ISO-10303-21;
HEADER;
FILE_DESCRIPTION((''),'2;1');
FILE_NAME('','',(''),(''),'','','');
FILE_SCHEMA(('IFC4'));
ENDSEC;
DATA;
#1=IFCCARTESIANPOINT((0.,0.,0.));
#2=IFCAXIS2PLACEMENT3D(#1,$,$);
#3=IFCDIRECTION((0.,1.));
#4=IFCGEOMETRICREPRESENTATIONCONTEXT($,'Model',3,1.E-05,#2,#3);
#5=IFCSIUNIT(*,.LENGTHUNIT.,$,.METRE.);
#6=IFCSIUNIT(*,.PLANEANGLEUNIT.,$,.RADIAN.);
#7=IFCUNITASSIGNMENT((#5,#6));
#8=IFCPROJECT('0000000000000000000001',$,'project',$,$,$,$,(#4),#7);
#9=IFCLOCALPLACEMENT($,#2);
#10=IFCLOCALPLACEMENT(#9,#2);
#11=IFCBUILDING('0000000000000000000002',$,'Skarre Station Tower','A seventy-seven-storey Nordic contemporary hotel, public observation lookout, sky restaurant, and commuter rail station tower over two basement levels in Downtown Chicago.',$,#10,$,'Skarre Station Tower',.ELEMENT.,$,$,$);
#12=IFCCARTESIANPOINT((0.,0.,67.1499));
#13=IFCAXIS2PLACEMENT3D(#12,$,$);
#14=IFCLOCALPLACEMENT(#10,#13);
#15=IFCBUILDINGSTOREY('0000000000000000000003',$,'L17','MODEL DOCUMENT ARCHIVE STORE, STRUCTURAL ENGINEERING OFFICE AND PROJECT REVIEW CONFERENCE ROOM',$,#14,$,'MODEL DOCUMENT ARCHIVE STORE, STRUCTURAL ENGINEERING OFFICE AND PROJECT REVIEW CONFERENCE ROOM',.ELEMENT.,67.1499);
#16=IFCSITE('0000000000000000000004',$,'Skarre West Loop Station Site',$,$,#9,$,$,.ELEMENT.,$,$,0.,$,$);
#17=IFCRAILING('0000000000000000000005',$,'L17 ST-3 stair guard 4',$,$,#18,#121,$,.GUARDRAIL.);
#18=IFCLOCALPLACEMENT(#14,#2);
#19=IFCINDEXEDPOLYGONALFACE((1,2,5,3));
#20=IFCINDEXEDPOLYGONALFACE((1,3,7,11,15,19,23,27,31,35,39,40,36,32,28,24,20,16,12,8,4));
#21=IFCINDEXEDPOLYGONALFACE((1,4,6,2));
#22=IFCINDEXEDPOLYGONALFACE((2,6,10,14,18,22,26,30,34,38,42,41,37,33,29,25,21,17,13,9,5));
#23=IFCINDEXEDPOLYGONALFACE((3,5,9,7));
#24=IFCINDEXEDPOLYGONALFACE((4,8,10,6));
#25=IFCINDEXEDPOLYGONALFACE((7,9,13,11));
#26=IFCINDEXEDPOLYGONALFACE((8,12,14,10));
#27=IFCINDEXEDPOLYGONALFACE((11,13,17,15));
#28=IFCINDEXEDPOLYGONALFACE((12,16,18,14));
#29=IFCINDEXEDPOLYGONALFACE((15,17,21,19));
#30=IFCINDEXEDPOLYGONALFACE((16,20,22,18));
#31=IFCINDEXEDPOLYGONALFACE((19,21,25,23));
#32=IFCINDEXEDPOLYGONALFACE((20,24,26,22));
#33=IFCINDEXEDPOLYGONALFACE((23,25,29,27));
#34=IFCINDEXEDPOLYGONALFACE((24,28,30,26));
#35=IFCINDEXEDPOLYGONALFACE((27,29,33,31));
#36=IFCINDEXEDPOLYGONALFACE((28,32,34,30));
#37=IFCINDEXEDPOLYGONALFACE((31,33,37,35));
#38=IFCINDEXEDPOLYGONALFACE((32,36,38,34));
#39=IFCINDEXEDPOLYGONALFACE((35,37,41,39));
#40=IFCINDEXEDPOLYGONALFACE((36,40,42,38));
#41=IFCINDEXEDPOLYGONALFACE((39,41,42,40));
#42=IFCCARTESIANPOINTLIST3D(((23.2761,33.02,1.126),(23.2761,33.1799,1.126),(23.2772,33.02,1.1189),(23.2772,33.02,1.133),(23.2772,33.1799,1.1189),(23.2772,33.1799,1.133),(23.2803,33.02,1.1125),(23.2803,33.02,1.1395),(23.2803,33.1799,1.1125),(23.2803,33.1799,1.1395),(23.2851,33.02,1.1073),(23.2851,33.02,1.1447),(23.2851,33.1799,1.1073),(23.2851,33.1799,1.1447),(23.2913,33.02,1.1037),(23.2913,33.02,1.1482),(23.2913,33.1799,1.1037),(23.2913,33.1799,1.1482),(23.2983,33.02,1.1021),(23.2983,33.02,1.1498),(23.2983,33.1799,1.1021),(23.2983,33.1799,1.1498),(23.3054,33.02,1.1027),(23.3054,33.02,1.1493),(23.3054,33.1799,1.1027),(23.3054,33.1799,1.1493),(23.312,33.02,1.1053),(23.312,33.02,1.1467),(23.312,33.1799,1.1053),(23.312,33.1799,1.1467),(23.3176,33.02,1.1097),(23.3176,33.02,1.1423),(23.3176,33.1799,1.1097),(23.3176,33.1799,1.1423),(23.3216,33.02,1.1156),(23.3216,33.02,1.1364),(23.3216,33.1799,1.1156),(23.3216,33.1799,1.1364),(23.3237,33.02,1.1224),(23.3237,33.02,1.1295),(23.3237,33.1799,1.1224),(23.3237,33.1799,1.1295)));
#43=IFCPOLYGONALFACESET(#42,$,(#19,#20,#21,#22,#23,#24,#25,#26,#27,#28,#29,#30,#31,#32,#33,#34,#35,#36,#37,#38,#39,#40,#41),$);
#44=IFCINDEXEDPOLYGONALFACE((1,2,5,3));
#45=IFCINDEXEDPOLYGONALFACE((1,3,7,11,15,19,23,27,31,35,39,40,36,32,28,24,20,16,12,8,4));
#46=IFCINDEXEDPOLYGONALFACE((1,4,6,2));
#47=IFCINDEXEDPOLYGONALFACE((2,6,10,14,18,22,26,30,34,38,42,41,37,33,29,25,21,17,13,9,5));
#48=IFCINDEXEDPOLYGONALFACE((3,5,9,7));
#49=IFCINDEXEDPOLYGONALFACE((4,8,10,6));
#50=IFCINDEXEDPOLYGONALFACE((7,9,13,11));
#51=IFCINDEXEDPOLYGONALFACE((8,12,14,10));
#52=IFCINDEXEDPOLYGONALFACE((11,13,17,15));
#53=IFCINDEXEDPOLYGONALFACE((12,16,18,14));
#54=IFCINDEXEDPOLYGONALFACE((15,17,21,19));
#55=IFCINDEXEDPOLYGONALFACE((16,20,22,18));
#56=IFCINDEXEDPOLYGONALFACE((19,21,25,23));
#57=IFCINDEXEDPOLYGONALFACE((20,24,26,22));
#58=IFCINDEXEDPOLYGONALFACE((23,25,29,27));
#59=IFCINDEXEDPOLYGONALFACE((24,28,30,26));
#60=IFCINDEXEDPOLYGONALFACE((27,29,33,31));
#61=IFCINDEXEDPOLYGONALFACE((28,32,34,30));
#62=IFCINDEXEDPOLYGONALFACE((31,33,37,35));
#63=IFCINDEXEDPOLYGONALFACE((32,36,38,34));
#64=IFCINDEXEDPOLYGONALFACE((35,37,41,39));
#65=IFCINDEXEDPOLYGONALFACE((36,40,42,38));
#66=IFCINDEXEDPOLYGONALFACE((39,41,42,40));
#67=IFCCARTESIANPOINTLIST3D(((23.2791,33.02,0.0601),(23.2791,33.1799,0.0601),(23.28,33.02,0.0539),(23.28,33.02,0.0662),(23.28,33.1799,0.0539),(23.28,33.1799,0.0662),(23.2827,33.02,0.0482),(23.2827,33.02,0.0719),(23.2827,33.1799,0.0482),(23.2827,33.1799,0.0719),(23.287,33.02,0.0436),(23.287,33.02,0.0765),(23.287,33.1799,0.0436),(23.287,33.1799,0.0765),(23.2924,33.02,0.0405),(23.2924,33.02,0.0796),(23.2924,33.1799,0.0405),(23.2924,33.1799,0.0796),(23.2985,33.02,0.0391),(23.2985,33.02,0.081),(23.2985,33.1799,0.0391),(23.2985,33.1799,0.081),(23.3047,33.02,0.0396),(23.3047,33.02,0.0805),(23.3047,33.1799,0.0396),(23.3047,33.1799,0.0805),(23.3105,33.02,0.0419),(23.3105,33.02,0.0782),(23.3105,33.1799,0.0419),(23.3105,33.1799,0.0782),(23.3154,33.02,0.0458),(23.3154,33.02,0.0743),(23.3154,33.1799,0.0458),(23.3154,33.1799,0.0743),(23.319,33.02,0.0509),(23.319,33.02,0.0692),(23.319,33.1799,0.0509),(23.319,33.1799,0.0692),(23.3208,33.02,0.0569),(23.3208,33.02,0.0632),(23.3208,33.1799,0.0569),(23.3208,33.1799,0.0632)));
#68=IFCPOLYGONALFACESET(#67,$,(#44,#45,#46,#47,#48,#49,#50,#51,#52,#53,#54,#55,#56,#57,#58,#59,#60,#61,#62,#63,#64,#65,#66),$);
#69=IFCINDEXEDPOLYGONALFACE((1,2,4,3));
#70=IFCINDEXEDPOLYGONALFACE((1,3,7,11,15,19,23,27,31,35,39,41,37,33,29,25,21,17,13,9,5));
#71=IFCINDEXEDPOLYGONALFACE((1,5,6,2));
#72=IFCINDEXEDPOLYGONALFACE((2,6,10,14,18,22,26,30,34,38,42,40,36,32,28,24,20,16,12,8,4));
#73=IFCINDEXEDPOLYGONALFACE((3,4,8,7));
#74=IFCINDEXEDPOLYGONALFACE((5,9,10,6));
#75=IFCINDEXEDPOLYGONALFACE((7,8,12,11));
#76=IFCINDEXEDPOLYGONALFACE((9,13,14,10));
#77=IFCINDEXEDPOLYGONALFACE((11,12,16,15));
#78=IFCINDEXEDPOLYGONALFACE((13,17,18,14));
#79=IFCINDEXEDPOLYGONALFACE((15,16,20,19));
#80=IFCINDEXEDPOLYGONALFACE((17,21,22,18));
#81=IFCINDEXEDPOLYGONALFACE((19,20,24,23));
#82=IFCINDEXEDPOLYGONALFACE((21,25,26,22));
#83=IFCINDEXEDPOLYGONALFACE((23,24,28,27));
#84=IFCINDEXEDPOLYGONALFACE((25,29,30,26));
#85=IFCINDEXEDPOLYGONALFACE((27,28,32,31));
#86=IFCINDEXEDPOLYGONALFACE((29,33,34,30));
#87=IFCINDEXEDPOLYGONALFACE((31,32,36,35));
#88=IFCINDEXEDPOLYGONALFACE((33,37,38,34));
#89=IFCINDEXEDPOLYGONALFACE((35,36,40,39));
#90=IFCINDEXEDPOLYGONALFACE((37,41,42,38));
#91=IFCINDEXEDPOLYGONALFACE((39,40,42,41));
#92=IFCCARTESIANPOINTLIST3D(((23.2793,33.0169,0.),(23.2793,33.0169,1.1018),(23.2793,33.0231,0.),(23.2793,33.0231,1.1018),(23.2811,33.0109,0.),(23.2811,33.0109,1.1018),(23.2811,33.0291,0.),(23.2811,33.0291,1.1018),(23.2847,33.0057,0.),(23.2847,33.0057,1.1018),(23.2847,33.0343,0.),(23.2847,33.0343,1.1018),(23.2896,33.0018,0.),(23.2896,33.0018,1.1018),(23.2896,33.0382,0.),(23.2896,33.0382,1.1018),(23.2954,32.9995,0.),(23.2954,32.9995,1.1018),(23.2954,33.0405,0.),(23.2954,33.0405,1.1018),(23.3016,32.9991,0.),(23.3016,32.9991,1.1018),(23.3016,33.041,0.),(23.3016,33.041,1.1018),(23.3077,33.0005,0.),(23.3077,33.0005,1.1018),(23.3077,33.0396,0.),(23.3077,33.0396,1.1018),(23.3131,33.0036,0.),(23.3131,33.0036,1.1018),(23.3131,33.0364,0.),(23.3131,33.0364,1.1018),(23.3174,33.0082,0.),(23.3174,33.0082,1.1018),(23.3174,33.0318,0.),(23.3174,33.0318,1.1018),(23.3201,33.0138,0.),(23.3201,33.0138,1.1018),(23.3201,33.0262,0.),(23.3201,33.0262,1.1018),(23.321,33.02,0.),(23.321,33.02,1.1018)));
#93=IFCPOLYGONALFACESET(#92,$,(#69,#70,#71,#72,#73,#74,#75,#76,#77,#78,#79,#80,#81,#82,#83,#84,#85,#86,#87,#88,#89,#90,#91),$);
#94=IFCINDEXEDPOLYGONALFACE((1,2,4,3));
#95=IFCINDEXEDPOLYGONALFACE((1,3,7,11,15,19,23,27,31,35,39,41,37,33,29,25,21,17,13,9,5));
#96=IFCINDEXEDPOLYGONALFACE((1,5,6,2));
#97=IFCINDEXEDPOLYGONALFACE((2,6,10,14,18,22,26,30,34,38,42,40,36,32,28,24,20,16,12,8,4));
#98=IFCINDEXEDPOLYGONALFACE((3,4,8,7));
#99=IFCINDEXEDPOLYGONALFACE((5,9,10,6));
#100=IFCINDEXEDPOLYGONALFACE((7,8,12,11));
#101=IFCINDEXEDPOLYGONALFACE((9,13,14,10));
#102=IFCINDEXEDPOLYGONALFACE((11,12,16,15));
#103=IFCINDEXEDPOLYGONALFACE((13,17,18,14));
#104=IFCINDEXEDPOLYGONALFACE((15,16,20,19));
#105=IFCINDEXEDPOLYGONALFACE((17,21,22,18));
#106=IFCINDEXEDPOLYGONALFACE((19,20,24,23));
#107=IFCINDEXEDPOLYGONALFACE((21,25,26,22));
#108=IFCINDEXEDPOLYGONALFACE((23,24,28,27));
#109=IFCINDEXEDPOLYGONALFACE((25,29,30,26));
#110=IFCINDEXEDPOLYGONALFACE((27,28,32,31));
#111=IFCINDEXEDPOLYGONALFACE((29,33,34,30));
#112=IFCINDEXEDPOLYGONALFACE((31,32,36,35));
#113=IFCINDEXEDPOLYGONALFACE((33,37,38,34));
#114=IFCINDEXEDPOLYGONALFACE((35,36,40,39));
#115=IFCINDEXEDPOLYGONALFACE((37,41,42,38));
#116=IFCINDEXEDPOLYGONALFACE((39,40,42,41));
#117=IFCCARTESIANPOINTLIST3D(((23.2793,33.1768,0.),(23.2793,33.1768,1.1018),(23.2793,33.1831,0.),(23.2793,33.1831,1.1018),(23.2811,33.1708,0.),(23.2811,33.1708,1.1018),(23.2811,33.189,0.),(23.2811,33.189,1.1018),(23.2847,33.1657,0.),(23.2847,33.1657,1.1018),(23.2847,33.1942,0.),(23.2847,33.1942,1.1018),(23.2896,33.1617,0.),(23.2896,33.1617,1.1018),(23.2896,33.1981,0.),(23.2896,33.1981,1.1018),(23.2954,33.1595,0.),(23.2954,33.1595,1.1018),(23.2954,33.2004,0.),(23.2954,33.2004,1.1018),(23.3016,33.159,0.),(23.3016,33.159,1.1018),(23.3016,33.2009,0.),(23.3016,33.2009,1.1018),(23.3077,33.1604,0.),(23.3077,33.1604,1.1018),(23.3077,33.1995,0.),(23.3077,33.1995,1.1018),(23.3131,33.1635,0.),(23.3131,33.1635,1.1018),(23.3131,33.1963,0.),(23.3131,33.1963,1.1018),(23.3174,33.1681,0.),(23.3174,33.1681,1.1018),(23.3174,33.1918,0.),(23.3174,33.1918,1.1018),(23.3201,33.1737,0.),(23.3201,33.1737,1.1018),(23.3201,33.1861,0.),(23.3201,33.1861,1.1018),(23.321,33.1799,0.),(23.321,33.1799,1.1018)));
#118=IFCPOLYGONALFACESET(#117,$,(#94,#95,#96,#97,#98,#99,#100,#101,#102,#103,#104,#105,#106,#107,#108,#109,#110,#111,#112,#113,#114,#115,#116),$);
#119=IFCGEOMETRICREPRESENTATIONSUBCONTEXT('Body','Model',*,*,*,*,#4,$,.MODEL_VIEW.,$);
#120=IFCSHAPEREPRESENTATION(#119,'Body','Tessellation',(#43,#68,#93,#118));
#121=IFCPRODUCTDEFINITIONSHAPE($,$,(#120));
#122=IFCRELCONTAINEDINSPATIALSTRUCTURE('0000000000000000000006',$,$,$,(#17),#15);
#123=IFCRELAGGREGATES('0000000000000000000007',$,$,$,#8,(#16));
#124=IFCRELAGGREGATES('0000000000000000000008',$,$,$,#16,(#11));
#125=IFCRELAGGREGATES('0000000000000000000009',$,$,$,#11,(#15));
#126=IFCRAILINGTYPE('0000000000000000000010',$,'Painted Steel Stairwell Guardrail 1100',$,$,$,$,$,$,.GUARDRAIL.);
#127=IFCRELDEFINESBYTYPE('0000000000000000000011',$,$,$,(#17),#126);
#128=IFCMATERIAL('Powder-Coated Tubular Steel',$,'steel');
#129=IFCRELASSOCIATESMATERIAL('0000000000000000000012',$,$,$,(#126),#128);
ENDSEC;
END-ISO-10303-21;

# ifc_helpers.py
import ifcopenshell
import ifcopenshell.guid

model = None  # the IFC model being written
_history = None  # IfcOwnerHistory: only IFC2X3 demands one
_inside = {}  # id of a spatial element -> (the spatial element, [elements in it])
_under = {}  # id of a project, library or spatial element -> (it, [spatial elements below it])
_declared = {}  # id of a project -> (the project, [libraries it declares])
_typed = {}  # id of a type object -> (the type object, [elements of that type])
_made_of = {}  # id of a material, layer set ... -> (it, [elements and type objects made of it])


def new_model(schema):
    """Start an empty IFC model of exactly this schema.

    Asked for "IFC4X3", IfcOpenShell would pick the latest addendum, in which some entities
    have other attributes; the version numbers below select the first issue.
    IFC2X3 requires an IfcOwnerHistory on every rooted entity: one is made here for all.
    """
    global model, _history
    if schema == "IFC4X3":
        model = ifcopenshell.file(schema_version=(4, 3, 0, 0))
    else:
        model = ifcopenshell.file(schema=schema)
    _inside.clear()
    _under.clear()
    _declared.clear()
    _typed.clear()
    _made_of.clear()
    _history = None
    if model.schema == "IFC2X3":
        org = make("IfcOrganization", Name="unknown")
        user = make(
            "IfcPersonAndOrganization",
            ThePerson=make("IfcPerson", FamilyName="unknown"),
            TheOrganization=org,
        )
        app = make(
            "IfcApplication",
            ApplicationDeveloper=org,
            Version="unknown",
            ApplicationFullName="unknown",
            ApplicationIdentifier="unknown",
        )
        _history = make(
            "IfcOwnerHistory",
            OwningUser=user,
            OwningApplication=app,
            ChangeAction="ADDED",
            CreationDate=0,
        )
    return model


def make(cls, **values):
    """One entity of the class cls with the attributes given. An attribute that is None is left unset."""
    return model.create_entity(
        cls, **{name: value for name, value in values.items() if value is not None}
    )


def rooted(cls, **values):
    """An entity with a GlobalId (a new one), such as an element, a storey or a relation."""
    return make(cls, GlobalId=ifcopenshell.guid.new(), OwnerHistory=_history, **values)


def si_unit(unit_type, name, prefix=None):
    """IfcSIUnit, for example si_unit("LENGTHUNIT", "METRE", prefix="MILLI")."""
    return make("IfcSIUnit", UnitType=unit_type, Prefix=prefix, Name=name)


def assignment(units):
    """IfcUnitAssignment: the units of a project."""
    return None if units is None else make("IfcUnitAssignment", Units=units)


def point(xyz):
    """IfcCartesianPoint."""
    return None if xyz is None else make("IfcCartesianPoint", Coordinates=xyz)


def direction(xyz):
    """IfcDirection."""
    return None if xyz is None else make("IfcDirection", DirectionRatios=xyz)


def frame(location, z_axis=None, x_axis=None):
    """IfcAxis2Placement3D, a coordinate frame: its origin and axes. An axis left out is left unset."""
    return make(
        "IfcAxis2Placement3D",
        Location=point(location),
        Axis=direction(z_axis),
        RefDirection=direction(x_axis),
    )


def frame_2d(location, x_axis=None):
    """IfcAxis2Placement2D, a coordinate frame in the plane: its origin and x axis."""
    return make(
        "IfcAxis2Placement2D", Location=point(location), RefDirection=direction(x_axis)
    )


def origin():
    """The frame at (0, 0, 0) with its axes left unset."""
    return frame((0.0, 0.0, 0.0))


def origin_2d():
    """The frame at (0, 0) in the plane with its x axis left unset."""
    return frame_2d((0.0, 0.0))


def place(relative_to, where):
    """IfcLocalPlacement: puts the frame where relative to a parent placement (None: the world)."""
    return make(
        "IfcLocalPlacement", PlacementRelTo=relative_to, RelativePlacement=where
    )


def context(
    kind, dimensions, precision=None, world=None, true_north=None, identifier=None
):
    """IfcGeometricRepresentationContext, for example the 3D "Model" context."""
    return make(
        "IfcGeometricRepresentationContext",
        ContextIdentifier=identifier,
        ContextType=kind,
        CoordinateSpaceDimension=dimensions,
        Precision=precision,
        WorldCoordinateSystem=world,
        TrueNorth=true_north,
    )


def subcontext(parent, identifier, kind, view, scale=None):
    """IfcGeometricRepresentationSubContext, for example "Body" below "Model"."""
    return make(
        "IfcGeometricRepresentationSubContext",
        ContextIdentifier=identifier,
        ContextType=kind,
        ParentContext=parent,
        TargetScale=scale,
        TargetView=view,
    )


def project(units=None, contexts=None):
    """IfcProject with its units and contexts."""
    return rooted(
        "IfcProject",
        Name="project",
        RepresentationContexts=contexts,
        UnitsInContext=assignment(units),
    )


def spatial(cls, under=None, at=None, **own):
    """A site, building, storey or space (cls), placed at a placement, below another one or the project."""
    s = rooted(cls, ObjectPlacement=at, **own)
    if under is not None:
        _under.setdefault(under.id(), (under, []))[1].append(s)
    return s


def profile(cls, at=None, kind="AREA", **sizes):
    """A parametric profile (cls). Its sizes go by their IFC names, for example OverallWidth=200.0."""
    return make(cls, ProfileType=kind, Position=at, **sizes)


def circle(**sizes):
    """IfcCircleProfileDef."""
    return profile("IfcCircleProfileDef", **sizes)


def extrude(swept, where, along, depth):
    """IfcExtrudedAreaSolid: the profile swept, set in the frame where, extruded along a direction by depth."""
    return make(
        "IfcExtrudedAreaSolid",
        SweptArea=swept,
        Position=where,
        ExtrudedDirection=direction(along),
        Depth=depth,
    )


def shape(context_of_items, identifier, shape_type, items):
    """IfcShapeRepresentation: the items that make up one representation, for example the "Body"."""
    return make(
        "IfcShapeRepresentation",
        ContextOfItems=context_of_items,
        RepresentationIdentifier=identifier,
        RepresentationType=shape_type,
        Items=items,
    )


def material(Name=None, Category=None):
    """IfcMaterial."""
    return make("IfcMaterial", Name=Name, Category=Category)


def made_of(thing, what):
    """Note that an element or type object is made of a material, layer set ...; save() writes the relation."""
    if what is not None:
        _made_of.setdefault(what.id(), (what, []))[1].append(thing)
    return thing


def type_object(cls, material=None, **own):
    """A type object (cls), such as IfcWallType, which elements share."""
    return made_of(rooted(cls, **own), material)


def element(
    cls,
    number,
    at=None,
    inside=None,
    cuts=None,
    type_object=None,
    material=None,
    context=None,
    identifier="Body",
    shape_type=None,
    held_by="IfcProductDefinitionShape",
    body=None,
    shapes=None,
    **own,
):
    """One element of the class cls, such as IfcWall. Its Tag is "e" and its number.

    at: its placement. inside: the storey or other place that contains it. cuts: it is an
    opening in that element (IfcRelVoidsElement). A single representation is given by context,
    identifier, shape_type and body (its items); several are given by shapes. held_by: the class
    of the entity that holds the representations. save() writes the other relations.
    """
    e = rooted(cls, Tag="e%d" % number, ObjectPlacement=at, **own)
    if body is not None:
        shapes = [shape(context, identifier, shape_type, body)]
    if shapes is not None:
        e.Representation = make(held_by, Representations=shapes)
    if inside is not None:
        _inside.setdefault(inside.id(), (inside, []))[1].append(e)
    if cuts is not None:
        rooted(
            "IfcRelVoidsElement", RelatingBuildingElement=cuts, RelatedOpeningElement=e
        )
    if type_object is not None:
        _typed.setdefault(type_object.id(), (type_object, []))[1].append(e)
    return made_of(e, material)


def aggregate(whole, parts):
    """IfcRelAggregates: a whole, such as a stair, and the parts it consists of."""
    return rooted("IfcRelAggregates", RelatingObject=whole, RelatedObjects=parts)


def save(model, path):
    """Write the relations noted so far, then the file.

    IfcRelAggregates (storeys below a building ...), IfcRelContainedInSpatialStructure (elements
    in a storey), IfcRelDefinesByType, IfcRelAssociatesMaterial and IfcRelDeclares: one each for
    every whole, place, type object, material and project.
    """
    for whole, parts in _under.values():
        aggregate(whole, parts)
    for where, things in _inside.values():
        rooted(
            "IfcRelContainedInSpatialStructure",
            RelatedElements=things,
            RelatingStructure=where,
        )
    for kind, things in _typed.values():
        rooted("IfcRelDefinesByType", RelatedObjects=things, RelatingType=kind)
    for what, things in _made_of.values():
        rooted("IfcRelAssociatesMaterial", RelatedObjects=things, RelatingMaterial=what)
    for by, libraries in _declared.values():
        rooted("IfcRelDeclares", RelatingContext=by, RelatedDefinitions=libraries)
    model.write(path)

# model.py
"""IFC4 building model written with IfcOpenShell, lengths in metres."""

from ifc_helpers import new_model, si_unit, direction, frame, origin, origin_2d, place, context, subcontext, project, spatial, circle, extrude, material, type_object, element, save


model = new_model("IFC4")

# Units and contexts
model_context = context("Model", 3, precision=1e-05, world=origin(), true_north=direction((0.0, 1.0)))
body_context = subcontext(model_context, "Body", "Model", "MODEL_VIEW")
ifc_project = project(units=[si_unit("LENGTHUNIT", "METRE"), si_unit("PLANEANGLEUNIT", "RADIAN")], contexts=[model_context])

# Site, building, storey
site_placement = place(None, origin())
site = spatial("IfcSite", under=ifc_project, at=site_placement, Name="Skarre West Loop Station Site", CompositionType="ELEMENT", RefElevation=0.0)
building_placement = place(site_placement, origin())
building = spatial("IfcBuilding", under=site, at=building_placement, Name="Skarre Station Tower", Description="A seventy-seven-storey Nordic contemporary hotel, public observation lookout, sky restaurant, and commuter rail station tower over two basement levels in Downtown Chicago.", LongName="Skarre Station Tower", CompositionType="ELEMENT")
storey_placement = place(building_placement, frame((0.0, 0.0, 67.1499)))
storey = spatial("IfcBuildingStorey", under=building, at=storey_placement, Name="L17", Description="MODEL DOCUMENT ARCHIVE STORE, STRUCTURAL ENGINEERING OFFICE AND PROJECT REVIEW CONFERENCE ROOM", LongName="MODEL DOCUMENT ARCHIVE STORE, STRUCTURAL ENGINEERING OFFICE AND PROJECT REVIEW CONFERENCE ROOM", CompositionType="ELEMENT", Elevation=67.1499)

# Railing
ifc_material_1 = material(Name="Powder-Coated Tubular Steel", Category="steel")
railing_type_1 = type_object("IfcRailingType", Name="Painted Steel Stairwell Guardrail 1100", PredefinedType="GUARDRAIL", material=ifc_material_1)
railing_1_placement = place(storey_placement, frame((23.3, 33.02, 0.0)))
element("IfcRailing", 1, at=railing_1_placement, inside=storey, type_object=railing_type_1, Name="L17 ST-3 stair guard 4", PredefinedType="GUARDRAIL", context=body_context, shape_type="SweptSolid", body=[
    extrude(circle(Radius=0.0239, at=origin_2d()), frame((0.0, 0.0, 1.126), z_axis=(0.0, 1.0, 0.0), x_axis=(-1.0, 0.0, 0.0)), (0.0, 0.0, 1.0), 0.1599),
    extrude(circle(Radius=0.021, at=origin_2d()), frame((0.0, 0.0, 0.0601), z_axis=(0.0, 1.0, 0.0), x_axis=(-1.0, 0.0, 0.0)), (0.0, 0.0, 1.0), 0.1599),
    extrude(circle(Radius=0.021, at=origin_2d()), origin(), (0.0, 0.0, 1.0), 1.1018),
    extrude(circle(Radius=0.021, at=origin_2d()), frame((0.0, 0.1599, 0.0)), (0.0, 0.0, 1.0), 1.1018),
])

save(model, "model.ifc")
